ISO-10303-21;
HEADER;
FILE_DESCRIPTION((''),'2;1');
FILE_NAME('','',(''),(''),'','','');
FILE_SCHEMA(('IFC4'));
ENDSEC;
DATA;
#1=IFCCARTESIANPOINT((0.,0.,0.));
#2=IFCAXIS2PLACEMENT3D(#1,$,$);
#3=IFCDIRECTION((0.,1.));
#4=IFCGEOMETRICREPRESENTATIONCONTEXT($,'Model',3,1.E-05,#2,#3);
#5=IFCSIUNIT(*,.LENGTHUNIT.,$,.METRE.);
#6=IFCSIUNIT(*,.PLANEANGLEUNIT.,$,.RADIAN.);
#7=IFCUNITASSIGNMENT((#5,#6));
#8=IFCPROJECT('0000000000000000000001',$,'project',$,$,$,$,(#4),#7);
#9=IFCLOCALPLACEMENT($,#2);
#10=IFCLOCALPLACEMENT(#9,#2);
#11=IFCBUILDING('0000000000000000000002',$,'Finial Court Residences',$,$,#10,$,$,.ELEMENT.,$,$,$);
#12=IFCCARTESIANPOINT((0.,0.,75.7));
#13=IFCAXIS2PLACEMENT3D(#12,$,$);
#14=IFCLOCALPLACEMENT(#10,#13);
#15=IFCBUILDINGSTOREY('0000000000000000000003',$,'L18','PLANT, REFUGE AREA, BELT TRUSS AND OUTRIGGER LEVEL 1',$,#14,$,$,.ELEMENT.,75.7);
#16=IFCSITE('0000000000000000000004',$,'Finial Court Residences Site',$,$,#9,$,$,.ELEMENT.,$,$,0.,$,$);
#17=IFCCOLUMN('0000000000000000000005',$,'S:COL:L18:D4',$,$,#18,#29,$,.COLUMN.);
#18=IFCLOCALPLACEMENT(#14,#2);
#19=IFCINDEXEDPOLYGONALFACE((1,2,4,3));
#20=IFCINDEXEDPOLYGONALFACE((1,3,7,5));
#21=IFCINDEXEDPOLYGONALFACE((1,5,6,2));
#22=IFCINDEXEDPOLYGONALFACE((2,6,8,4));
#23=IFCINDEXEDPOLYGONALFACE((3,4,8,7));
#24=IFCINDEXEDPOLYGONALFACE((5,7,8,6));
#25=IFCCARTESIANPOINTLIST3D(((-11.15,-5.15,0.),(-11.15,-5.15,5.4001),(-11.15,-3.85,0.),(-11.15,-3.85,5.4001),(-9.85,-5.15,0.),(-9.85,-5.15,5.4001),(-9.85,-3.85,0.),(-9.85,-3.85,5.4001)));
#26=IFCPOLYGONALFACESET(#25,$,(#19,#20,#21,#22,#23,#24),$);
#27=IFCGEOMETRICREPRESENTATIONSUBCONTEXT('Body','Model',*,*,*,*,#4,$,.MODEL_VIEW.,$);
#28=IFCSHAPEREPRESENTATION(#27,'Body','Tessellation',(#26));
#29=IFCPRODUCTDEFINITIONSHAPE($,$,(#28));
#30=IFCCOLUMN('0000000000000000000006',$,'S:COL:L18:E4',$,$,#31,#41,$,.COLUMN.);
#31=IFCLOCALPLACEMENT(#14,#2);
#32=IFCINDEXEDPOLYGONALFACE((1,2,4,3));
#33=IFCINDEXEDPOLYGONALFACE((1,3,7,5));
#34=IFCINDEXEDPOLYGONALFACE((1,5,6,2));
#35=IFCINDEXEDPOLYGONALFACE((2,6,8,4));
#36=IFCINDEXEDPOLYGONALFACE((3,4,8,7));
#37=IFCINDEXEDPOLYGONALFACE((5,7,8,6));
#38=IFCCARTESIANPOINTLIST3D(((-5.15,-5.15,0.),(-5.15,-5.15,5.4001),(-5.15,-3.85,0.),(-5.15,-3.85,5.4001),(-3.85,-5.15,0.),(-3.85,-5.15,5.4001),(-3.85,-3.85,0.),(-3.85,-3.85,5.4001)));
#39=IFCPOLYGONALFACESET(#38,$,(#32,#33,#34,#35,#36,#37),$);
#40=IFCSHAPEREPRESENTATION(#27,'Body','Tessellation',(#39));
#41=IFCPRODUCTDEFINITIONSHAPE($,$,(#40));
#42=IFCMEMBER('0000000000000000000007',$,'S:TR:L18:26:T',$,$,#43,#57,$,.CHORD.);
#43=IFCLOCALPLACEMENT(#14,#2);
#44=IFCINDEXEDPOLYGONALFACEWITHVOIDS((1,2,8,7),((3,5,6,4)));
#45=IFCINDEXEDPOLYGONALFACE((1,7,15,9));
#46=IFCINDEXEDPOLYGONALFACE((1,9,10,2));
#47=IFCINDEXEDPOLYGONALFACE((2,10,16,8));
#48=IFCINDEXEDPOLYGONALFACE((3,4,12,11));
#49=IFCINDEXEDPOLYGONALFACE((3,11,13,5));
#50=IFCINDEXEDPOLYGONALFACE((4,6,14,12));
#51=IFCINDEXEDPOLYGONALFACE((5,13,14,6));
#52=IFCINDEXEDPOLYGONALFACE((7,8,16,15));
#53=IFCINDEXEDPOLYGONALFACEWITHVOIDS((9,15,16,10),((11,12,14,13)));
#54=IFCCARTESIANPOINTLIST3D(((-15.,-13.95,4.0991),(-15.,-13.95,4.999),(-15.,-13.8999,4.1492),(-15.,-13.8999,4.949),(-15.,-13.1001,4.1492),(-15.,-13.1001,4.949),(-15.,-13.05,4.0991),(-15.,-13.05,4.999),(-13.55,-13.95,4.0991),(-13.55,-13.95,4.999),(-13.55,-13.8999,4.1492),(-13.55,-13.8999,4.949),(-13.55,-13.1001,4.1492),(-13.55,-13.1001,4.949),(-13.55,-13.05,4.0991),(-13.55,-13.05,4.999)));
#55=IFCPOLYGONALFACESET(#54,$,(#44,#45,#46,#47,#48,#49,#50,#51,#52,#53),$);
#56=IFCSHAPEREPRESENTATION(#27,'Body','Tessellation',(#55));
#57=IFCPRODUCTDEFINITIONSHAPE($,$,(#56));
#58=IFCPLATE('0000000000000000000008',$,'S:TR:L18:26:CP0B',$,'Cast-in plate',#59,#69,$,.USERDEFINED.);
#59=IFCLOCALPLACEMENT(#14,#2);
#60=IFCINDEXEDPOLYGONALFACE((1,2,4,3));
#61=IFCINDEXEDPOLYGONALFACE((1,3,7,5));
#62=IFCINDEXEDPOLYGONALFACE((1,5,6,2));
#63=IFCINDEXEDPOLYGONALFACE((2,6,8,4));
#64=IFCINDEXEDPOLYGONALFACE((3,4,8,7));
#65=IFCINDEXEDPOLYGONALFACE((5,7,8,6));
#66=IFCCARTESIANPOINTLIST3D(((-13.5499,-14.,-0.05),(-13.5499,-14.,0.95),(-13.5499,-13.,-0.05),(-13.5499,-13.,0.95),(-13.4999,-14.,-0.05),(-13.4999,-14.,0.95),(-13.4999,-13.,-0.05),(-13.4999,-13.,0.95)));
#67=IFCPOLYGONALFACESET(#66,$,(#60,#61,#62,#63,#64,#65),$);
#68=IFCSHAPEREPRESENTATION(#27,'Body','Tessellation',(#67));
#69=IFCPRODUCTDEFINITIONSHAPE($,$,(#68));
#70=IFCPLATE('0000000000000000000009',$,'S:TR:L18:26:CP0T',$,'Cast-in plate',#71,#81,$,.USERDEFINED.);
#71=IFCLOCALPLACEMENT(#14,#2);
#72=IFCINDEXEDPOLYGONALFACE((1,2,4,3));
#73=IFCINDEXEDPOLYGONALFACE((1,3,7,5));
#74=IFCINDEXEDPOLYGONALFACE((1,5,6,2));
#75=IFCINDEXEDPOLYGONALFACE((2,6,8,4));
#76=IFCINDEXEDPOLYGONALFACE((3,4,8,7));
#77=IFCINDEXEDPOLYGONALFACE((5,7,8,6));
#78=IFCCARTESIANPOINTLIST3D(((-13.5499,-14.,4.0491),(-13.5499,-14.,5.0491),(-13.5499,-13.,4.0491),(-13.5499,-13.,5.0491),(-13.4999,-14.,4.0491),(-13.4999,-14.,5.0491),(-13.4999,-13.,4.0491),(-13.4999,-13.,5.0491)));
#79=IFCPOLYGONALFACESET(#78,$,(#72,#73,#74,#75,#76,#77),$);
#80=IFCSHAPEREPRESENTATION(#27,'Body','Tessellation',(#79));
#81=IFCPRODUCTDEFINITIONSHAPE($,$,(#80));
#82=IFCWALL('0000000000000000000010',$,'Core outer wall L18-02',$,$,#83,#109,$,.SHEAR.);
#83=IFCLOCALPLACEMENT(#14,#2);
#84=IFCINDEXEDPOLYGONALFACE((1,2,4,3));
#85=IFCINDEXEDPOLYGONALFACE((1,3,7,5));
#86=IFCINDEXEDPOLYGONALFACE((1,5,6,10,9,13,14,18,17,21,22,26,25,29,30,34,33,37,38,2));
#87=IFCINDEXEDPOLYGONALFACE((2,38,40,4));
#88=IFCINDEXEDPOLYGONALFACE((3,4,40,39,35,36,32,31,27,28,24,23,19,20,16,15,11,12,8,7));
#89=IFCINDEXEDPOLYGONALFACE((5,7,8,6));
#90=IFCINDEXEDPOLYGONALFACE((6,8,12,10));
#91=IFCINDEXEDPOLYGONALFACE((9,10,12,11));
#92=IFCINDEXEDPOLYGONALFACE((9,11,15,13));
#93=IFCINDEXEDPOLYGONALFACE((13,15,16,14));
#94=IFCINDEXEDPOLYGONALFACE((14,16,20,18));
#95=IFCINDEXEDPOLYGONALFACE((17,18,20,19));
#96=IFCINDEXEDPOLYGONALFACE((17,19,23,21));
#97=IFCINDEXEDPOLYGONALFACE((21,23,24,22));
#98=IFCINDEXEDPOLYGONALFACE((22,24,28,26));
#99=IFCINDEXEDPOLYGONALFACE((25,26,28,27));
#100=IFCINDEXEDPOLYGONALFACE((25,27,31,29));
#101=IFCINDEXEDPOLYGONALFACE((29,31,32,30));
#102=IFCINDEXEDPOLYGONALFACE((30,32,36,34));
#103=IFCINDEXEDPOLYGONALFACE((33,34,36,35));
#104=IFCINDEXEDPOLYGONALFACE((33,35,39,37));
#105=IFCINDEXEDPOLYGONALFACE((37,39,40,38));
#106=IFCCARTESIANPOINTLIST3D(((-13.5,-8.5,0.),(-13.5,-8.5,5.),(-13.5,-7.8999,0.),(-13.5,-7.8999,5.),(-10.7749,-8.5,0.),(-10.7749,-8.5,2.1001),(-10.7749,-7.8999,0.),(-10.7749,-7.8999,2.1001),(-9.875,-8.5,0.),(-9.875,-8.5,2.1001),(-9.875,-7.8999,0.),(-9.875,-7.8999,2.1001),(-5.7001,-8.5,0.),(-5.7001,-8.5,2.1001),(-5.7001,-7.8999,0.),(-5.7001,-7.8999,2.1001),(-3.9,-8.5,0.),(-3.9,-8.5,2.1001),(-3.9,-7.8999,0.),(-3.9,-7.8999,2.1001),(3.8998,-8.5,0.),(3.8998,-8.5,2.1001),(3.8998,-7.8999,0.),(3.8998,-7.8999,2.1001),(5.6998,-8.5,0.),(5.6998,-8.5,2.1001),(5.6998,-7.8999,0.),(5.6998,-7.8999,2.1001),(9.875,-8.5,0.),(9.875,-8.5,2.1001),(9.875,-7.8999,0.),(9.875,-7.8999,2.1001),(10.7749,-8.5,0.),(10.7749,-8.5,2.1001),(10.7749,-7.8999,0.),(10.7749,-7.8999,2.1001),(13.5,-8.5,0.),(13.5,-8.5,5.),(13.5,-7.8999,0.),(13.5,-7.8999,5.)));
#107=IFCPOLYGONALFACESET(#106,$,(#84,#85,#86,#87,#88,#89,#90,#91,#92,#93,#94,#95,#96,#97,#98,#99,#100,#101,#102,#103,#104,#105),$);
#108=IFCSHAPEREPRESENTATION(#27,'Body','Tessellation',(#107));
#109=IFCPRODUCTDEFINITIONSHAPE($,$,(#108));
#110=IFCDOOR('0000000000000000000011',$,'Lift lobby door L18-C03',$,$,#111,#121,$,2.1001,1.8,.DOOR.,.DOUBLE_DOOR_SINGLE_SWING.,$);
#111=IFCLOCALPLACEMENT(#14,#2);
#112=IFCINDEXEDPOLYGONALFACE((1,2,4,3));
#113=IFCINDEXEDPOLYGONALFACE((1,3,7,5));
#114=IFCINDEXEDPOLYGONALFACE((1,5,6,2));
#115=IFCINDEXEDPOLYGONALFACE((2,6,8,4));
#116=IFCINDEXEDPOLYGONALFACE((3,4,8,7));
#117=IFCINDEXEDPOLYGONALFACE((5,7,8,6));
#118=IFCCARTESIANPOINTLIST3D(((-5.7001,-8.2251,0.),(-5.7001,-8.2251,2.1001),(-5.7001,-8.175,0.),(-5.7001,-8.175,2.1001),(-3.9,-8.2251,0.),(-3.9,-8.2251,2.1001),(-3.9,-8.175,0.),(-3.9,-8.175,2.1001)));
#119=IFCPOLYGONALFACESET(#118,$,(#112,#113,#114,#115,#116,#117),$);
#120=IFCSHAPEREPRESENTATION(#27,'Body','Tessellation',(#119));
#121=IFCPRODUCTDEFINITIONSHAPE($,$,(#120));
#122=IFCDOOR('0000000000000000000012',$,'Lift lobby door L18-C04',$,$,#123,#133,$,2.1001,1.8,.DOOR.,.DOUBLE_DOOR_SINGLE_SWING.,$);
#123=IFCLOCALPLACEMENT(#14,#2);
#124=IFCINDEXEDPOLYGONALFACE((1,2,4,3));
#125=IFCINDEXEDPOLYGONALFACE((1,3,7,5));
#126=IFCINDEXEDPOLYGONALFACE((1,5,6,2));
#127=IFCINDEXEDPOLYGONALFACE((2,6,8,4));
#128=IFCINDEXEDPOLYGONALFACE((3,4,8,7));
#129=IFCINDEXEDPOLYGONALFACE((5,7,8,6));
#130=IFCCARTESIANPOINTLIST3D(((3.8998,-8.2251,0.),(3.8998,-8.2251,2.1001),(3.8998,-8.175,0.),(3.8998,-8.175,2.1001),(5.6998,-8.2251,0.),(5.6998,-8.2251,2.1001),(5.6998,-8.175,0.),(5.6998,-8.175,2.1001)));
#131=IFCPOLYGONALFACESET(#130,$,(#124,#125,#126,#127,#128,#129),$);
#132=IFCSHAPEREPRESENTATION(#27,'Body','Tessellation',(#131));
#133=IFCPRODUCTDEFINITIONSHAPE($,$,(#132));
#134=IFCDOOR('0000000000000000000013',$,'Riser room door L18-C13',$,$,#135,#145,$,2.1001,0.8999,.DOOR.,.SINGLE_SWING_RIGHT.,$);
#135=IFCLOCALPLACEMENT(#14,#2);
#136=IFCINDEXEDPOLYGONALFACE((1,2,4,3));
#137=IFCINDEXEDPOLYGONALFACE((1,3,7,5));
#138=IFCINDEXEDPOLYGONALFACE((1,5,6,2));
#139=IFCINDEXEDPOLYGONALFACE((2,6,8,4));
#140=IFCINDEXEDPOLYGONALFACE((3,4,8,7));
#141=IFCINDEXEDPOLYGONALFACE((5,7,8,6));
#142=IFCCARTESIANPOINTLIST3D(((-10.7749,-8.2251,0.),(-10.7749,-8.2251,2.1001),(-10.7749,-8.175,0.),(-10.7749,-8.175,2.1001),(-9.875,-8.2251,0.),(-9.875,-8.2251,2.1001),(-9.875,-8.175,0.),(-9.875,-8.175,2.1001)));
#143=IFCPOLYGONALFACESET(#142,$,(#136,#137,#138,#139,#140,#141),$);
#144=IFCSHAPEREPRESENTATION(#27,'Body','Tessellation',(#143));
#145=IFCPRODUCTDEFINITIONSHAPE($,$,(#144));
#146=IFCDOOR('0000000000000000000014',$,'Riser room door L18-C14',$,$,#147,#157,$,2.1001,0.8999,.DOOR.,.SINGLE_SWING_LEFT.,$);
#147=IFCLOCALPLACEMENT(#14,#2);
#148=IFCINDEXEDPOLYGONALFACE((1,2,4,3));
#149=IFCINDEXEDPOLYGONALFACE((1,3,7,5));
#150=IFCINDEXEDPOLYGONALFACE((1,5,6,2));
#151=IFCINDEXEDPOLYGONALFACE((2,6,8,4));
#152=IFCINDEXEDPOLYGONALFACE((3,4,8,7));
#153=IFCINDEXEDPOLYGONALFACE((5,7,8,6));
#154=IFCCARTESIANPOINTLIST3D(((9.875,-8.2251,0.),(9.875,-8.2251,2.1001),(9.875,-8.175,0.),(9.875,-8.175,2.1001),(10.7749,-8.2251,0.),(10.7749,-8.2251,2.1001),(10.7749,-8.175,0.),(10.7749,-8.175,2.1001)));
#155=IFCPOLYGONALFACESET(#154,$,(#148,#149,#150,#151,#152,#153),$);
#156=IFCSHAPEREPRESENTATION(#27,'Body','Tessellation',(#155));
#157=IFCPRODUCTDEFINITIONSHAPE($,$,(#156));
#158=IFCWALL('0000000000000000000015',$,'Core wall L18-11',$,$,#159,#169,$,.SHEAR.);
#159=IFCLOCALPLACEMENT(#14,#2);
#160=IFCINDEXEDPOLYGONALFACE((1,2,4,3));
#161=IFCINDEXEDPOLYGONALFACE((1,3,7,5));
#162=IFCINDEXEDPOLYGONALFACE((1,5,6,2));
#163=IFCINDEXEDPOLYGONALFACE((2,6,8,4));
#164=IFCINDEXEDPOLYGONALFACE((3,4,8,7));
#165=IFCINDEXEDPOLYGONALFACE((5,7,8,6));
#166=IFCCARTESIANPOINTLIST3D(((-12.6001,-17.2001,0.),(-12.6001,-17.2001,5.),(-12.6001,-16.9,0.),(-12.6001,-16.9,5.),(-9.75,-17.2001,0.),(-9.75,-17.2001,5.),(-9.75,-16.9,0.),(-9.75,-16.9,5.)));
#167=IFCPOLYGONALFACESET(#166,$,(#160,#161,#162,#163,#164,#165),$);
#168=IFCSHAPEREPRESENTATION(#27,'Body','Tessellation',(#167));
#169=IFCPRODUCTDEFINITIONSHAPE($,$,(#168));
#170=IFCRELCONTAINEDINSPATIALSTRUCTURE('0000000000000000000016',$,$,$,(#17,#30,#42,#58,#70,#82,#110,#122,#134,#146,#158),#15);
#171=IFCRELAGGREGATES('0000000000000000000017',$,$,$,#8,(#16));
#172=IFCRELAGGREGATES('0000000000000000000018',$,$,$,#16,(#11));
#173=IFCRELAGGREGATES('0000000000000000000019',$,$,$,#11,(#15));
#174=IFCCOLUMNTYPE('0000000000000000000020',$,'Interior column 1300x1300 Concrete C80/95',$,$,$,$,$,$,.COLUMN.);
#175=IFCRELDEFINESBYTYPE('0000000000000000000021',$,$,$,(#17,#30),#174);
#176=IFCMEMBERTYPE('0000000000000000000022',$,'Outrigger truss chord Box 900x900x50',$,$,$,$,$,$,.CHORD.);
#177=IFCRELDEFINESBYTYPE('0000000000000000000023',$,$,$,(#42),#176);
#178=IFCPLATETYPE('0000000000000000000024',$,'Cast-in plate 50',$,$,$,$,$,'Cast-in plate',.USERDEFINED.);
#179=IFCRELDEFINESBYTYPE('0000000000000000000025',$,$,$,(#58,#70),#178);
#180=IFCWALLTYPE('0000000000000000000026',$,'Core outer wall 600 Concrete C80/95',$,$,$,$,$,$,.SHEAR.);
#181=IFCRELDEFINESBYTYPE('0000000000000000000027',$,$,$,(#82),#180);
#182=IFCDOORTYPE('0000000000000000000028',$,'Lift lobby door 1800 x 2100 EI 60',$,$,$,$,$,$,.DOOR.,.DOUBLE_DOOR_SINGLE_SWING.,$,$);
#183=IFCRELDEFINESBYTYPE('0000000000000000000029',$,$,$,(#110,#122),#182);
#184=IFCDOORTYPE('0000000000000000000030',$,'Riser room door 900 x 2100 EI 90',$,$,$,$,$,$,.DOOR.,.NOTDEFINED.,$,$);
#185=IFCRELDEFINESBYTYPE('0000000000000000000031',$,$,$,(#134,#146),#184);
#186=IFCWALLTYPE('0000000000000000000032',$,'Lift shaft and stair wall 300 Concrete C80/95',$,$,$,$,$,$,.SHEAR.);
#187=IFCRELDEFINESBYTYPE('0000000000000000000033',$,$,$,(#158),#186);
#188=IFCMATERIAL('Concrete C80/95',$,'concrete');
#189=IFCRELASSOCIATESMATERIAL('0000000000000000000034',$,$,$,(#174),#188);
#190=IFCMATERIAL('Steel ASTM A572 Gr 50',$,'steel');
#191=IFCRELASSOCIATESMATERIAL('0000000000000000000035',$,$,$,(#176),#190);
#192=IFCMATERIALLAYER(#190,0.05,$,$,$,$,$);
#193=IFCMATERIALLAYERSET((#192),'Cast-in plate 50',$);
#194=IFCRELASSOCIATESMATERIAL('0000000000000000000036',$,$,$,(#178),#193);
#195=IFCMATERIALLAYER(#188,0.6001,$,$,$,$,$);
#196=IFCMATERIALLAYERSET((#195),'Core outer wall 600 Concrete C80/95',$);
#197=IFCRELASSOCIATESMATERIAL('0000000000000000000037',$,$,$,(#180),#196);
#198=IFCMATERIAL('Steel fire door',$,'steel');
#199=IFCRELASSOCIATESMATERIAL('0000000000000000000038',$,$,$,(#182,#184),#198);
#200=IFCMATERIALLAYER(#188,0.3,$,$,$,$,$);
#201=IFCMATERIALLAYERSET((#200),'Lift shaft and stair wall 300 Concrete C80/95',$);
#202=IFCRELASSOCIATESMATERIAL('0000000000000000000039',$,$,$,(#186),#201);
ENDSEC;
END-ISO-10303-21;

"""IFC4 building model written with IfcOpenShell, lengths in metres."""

from ifc_helpers import new_model, si_unit, direction, frame, frame_2d, origin, origin_2d, place, context, subcontext, project, spatial, rectangle, hollow_rectangle, extrude, material, layer, layer_set, material_profile, profile_set, type_object, element, fill, save


model = new_model("IFC4")

# Units and contexts
model_context = context("Model", 3, precision=1e-05, world=origin(), true_north=direction((0.0, 1.0)))
body_context = subcontext(model_context, "Body", "Model", "MODEL_VIEW")
ifc_project = project(units=[si_unit("LENGTHUNIT", "METRE"), si_unit("PLANEANGLEUNIT", "RADIAN")], contexts=[model_context])

# Site, building, storey
site_placement = place(None, origin())
site = spatial("IfcSite", under=ifc_project, at=site_placement, Name="Finial Court Residences Site", CompositionType="ELEMENT", RefElevation=0.0)
building_placement = place(site_placement, origin())
building = spatial("IfcBuilding", under=site, at=building_placement, Name="Finial Court Residences", CompositionType="ELEMENT")
storey_placement = place(building_placement, frame((0.0, 0.0, 75.7)))
storey = spatial("IfcBuildingStorey", under=building, at=storey_placement, Name="L18", Description="PLANT, REFUGE AREA, BELT TRUSS AND OUTRIGGER LEVEL 1", CompositionType="ELEMENT", Elevation=75.7)

# Columns
ifc_material_1 = material(Name="Concrete C80/95", Category="concrete")
ifc_material_profile_1 = material_profile(ifc_material_1, rectangle(XDim=1.3, YDim=1.3, at=origin_2d()), Name="1300x1300")
ifc_profile_set_1 = profile_set([ifc_material_profile_1], Name="Concrete C80/95")
column_type = type_object("IfcColumnType", Name="Interior column 1300x1300 Concrete C80/95", PredefinedType="COLUMN", material=ifc_profile_set_1)
for number, where, z_axis, x_axis, name in (
    (1, (-10.5, -4.5, 0.0), (0.0, 0.0, 1.0), (1.0, 0.0, 0.0), "S:COL:L18:D4"),
    (2, (-4.5, -4.5, 0.0), (0.0, 0.0, 1.0), (1.0, 0.0, 0.0), "S:COL:L18:E4"),
):
    element("IfcColumn", number, at=place(storey_placement, frame(where, z_axis=z_axis, x_axis=x_axis)), inside=storey, type_object=column_type, Name=name, PredefinedType="COLUMN", context=body_context, shape_type="SweptSolid", body=[
        extrude(rectangle(XDim=1.3, YDim=1.3, at=origin_2d()), origin(), (0.0, 0.0, 1.0), 5.4001),
    ])

# Member
ifc_material_2 = material(Name="Steel ASTM A572 Gr 50", Category="steel")
ifc_material_profile_2 = material_profile(ifc_material_2, hollow_rectangle(XDim=0.8999, YDim=0.8999, WallThickness=0.05, at=origin_2d()), Name="Box 900x900x50")
ifc_profile_set_2 = profile_set([ifc_material_profile_2], Name="Steel ASTM A572 Gr 50")
member_type = type_object("IfcMemberType", Name="Outrigger truss chord Box 900x900x50", PredefinedType="CHORD", material=ifc_profile_set_2)
member_placement = place(storey_placement, frame((-13.55, -13.5, 4.5491), z_axis=(-1.0, 0.0, 0.0), x_axis=(0.0, -1.0, 0.0)))
element("IfcMember", 3, at=member_placement, inside=storey, type_object=member_type, Name="S:TR:L18:26:T", PredefinedType="CHORD", context=body_context, shape_type="SweptSolid", body=[
    extrude(hollow_rectangle(XDim=0.8999, YDim=0.8999, WallThickness=0.05, at=origin_2d()), origin(), (0.0, 0.0, 1.0), 1.45),
])

# Plates
ifc_layer_1 = layer(ifc_material_2, 0.05)
ifc_layer_set_1 = layer_set([ifc_layer_1], Name="Cast-in plate 50")
plate_type = type_object("IfcPlateType", Name="Cast-in plate 50", ElementType="Cast-in plate", PredefinedType="USERDEFINED", material=ifc_layer_set_1)
for number, where, z_axis, x_axis, name in (
    (4, (-13.5249, -13.5, -0.05), (0.0, 0.0, 1.0), (1.0, 0.0, 0.0), "S:TR:L18:26:CP0B"),
    (5, (-13.5249, -13.5, 4.0491), (0.0, 0.0, 1.0), (1.0, 0.0, 0.0), "S:TR:L18:26:CP0T"),
):
    element("IfcPlate", number, at=place(storey_placement, frame(where, z_axis=z_axis, x_axis=x_axis)), inside=storey, type_object=plate_type, Name=name, ObjectType="Cast-in plate", PredefinedType="USERDEFINED", context=body_context, shape_type="SweptSolid", body=[
        extrude(rectangle(XDim=0.05, YDim=1.0, at=origin_2d()), origin(), (0.0, 0.0, 1.0), 1.0),
    ])

# Wall, openings, doors
ifc_layer_2 = layer(ifc_material_1, 0.6001)
ifc_layer_set_2 = layer_set([ifc_layer_2], Name="Core outer wall 600 Concrete C80/95")
wall_type_1 = type_object("IfcWallType", Name="Core outer wall 600 Concrete C80/95", PredefinedType="SHEAR", material=ifc_layer_set_2)
wall_1_placement = place(storey_placement, frame((-13.5, -8.2, 0.0), z_axis=(0.0, 0.0, 1.0), x_axis=(1.0, 0.0, 0.0)))
wall_1 = element("IfcWall", 6, at=wall_1_placement, inside=storey, type_object=wall_type_1, Name="Core outer wall L18-02", PredefinedType="SHEAR", context=body_context, shape_type="SweptSolid", body=[
    extrude(rectangle(XDim=27.0, YDim=0.6001, at=frame_2d((13.5, 0.0))), origin(), (0.0, 0.0, 1.0), 5.0),
])
opening_1_placement = place(wall_1_placement, frame((7.8, 0.0, 0.0)))
opening_1 = element("IfcOpeningElement", 7, at=opening_1_placement, cuts=wall_1, PredefinedType="OPENING", context=body_context, shape_type="SweptSolid", body=[
    extrude(rectangle(XDim=1.8, YDim=2.1001, at=frame_2d((0.8999, 1.05))), frame((0.0, 0.3101, 0.0), z_axis=(0.0, -1.0, 0.0), x_axis=(1.0, 0.0, 0.0)), (0.0, 0.0, 1.0), 0.6201),
])
opening_2_placement = place(wall_1_placement, frame((17.3999, 0.0, 0.0)))
opening_2 = element("IfcOpeningElement", 8, at=opening_2_placement, cuts=wall_1, PredefinedType="OPENING", context=body_context, shape_type="SweptSolid", body=[
    extrude(rectangle(XDim=1.8, YDim=2.1001, at=frame_2d((0.8999, 1.05))), frame((0.0, 0.3101, 0.0), z_axis=(0.0, -1.0, 0.0), x_axis=(1.0, 0.0, 0.0)), (0.0, 0.0, 1.0), 0.6201),
])
opening_3_placement = place(wall_1_placement, frame((2.7251, 0.0, 0.0)))
opening_3 = element("IfcOpeningElement", 9, at=opening_3_placement, cuts=wall_1, PredefinedType="OPENING", context=body_context, shape_type="SweptSolid", body=[
    extrude(rectangle(XDim=0.8999, YDim=2.1001, at=frame_2d((0.45, 1.05))), frame((0.0, 0.3101, 0.0), z_axis=(0.0, -1.0, 0.0), x_axis=(1.0, 0.0, 0.0)), (0.0, 0.0, 1.0), 0.6201),
])
opening_4_placement = place(wall_1_placement, frame((23.375, 0.0, 0.0)))
opening_4 = element("IfcOpeningElement", 10, at=opening_4_placement, cuts=wall_1, PredefinedType="OPENING", context=body_context, shape_type="SweptSolid", body=[
    extrude(rectangle(XDim=0.8999, YDim=2.1001, at=frame_2d((0.45, 1.05))), frame((0.0, 0.3101, 0.0), z_axis=(0.0, -1.0, 0.0), x_axis=(1.0, 0.0, 0.0)), (0.0, 0.0, 1.0), 0.6201),
])
ifc_material_3 = material(Name="Steel fire door", Category="steel")
door_type_1 = type_object("IfcDoorType", Name="Lift lobby door 1800 x 2100 EI 60", OperationType="DOUBLE_DOOR_SINGLE_SWING", PredefinedType="DOOR", material=ifc_material_3)
door_1_placement = place(opening_1_placement, origin())
door_1 = element("IfcDoor", 11, at=door_1_placement, inside=storey, type_object=door_type_1, Name="Lift lobby door L18-C03", OperationType="DOUBLE_DOOR_SINGLE_SWING", OverallHeight=2.1001, OverallWidth=1.8, PredefinedType="DOOR", context=body_context, shape_type="SweptSolid", body=[
    extrude(rectangle(XDim=1.8, YDim=2.1001, at=frame_2d((0.8999, 1.05))), frame((0.0, 0.0249, 0.0), z_axis=(0.0, -1.0, 0.0), x_axis=(1.0, 0.0, 0.0)), (0.0, 0.0, 1.0), 0.05),
])
fill(opening_1, door_1)
door_2_placement = place(opening_2_placement, origin())
door_2 = element("IfcDoor", 12, at=door_2_placement, inside=storey, type_object=door_type_1, Name="Lift lobby door L18-C04", OperationType="DOUBLE_DOOR_SINGLE_SWING", OverallHeight=2.1001, OverallWidth=1.8, PredefinedType="DOOR", context=body_context, shape_type="SweptSolid", body=[
    extrude(rectangle(XDim=1.8, YDim=2.1001, at=frame_2d((0.8999, 1.05))), frame((0.0, 0.0249, 0.0), z_axis=(0.0, -1.0, 0.0), x_axis=(1.0, 0.0, 0.0)), (0.0, 0.0, 1.0), 0.05),
])
fill(opening_2, door_2)
door_type_2 = type_object("IfcDoorType", Name="Riser room door 900 x 2100 EI 90", OperationType="NOTDEFINED", PredefinedType="DOOR", material=ifc_material_3)
door_3_placement = place(opening_3_placement, origin())
door_3 = element("IfcDoor", 13, at=door_3_placement, inside=storey, type_object=door_type_2, Name="Riser room door L18-C13", OperationType="SINGLE_SWING_RIGHT", OverallHeight=2.1001, OverallWidth=0.8999, PredefinedType="DOOR", context=body_context, shape_type="SweptSolid", body=[
    extrude(rectangle(XDim=0.8999, YDim=2.1001, at=frame_2d((0.45, 1.05))), frame((0.0, 0.0249, 0.0), z_axis=(0.0, -1.0, 0.0), x_axis=(1.0, 0.0, 0.0)), (0.0, 0.0, 1.0), 0.05),
])
fill(opening_3, door_3)
door_4_placement = place(opening_4_placement, origin())
door_4 = element("IfcDoor", 14, at=door_4_placement, inside=storey, type_object=door_type_2, Name="Riser room door L18-C14", OperationType="SINGLE_SWING_LEFT", OverallHeight=2.1001, OverallWidth=0.8999, PredefinedType="DOOR", context=body_context, shape_type="SweptSolid", body=[
    extrude(rectangle(XDim=0.8999, YDim=2.1001, at=frame_2d((0.45, 1.05))), frame((0.0, 0.0249, 0.0), z_axis=(0.0, -1.0, 0.0), x_axis=(1.0, 0.0, 0.0)), (0.0, 0.0, 1.0), 0.05),
])
fill(opening_4, door_4)

# Wall
ifc_layer_3 = layer(ifc_material_1, 0.3)
ifc_layer_set_3 = layer_set([ifc_layer_3], Name="Lift shaft and stair wall 300 Concrete C80/95")
wall_type_2 = type_object("IfcWallType", Name="Lift shaft and stair wall 300 Concrete C80/95", PredefinedType="SHEAR", material=ifc_layer_set_3)
wall_2_placement = place(storey_placement, frame((-12.6001, -17.05, 0.0), z_axis=(0.0, 0.0, 1.0), x_axis=(1.0, 0.0, 0.0)))
element("IfcWall", 15, at=wall_2_placement, inside=storey, type_object=wall_type_2, Name="Core wall L18-11", PredefinedType="SHEAR", context=body_context, shape_type="SweptSolid", body=[
    extrude(rectangle(XDim=2.8501, YDim=0.3, at=frame_2d((1.425, 0.0))), origin(), (0.0, 0.0, 1.0), 5.0),
])

save(model, "model.ifc")
